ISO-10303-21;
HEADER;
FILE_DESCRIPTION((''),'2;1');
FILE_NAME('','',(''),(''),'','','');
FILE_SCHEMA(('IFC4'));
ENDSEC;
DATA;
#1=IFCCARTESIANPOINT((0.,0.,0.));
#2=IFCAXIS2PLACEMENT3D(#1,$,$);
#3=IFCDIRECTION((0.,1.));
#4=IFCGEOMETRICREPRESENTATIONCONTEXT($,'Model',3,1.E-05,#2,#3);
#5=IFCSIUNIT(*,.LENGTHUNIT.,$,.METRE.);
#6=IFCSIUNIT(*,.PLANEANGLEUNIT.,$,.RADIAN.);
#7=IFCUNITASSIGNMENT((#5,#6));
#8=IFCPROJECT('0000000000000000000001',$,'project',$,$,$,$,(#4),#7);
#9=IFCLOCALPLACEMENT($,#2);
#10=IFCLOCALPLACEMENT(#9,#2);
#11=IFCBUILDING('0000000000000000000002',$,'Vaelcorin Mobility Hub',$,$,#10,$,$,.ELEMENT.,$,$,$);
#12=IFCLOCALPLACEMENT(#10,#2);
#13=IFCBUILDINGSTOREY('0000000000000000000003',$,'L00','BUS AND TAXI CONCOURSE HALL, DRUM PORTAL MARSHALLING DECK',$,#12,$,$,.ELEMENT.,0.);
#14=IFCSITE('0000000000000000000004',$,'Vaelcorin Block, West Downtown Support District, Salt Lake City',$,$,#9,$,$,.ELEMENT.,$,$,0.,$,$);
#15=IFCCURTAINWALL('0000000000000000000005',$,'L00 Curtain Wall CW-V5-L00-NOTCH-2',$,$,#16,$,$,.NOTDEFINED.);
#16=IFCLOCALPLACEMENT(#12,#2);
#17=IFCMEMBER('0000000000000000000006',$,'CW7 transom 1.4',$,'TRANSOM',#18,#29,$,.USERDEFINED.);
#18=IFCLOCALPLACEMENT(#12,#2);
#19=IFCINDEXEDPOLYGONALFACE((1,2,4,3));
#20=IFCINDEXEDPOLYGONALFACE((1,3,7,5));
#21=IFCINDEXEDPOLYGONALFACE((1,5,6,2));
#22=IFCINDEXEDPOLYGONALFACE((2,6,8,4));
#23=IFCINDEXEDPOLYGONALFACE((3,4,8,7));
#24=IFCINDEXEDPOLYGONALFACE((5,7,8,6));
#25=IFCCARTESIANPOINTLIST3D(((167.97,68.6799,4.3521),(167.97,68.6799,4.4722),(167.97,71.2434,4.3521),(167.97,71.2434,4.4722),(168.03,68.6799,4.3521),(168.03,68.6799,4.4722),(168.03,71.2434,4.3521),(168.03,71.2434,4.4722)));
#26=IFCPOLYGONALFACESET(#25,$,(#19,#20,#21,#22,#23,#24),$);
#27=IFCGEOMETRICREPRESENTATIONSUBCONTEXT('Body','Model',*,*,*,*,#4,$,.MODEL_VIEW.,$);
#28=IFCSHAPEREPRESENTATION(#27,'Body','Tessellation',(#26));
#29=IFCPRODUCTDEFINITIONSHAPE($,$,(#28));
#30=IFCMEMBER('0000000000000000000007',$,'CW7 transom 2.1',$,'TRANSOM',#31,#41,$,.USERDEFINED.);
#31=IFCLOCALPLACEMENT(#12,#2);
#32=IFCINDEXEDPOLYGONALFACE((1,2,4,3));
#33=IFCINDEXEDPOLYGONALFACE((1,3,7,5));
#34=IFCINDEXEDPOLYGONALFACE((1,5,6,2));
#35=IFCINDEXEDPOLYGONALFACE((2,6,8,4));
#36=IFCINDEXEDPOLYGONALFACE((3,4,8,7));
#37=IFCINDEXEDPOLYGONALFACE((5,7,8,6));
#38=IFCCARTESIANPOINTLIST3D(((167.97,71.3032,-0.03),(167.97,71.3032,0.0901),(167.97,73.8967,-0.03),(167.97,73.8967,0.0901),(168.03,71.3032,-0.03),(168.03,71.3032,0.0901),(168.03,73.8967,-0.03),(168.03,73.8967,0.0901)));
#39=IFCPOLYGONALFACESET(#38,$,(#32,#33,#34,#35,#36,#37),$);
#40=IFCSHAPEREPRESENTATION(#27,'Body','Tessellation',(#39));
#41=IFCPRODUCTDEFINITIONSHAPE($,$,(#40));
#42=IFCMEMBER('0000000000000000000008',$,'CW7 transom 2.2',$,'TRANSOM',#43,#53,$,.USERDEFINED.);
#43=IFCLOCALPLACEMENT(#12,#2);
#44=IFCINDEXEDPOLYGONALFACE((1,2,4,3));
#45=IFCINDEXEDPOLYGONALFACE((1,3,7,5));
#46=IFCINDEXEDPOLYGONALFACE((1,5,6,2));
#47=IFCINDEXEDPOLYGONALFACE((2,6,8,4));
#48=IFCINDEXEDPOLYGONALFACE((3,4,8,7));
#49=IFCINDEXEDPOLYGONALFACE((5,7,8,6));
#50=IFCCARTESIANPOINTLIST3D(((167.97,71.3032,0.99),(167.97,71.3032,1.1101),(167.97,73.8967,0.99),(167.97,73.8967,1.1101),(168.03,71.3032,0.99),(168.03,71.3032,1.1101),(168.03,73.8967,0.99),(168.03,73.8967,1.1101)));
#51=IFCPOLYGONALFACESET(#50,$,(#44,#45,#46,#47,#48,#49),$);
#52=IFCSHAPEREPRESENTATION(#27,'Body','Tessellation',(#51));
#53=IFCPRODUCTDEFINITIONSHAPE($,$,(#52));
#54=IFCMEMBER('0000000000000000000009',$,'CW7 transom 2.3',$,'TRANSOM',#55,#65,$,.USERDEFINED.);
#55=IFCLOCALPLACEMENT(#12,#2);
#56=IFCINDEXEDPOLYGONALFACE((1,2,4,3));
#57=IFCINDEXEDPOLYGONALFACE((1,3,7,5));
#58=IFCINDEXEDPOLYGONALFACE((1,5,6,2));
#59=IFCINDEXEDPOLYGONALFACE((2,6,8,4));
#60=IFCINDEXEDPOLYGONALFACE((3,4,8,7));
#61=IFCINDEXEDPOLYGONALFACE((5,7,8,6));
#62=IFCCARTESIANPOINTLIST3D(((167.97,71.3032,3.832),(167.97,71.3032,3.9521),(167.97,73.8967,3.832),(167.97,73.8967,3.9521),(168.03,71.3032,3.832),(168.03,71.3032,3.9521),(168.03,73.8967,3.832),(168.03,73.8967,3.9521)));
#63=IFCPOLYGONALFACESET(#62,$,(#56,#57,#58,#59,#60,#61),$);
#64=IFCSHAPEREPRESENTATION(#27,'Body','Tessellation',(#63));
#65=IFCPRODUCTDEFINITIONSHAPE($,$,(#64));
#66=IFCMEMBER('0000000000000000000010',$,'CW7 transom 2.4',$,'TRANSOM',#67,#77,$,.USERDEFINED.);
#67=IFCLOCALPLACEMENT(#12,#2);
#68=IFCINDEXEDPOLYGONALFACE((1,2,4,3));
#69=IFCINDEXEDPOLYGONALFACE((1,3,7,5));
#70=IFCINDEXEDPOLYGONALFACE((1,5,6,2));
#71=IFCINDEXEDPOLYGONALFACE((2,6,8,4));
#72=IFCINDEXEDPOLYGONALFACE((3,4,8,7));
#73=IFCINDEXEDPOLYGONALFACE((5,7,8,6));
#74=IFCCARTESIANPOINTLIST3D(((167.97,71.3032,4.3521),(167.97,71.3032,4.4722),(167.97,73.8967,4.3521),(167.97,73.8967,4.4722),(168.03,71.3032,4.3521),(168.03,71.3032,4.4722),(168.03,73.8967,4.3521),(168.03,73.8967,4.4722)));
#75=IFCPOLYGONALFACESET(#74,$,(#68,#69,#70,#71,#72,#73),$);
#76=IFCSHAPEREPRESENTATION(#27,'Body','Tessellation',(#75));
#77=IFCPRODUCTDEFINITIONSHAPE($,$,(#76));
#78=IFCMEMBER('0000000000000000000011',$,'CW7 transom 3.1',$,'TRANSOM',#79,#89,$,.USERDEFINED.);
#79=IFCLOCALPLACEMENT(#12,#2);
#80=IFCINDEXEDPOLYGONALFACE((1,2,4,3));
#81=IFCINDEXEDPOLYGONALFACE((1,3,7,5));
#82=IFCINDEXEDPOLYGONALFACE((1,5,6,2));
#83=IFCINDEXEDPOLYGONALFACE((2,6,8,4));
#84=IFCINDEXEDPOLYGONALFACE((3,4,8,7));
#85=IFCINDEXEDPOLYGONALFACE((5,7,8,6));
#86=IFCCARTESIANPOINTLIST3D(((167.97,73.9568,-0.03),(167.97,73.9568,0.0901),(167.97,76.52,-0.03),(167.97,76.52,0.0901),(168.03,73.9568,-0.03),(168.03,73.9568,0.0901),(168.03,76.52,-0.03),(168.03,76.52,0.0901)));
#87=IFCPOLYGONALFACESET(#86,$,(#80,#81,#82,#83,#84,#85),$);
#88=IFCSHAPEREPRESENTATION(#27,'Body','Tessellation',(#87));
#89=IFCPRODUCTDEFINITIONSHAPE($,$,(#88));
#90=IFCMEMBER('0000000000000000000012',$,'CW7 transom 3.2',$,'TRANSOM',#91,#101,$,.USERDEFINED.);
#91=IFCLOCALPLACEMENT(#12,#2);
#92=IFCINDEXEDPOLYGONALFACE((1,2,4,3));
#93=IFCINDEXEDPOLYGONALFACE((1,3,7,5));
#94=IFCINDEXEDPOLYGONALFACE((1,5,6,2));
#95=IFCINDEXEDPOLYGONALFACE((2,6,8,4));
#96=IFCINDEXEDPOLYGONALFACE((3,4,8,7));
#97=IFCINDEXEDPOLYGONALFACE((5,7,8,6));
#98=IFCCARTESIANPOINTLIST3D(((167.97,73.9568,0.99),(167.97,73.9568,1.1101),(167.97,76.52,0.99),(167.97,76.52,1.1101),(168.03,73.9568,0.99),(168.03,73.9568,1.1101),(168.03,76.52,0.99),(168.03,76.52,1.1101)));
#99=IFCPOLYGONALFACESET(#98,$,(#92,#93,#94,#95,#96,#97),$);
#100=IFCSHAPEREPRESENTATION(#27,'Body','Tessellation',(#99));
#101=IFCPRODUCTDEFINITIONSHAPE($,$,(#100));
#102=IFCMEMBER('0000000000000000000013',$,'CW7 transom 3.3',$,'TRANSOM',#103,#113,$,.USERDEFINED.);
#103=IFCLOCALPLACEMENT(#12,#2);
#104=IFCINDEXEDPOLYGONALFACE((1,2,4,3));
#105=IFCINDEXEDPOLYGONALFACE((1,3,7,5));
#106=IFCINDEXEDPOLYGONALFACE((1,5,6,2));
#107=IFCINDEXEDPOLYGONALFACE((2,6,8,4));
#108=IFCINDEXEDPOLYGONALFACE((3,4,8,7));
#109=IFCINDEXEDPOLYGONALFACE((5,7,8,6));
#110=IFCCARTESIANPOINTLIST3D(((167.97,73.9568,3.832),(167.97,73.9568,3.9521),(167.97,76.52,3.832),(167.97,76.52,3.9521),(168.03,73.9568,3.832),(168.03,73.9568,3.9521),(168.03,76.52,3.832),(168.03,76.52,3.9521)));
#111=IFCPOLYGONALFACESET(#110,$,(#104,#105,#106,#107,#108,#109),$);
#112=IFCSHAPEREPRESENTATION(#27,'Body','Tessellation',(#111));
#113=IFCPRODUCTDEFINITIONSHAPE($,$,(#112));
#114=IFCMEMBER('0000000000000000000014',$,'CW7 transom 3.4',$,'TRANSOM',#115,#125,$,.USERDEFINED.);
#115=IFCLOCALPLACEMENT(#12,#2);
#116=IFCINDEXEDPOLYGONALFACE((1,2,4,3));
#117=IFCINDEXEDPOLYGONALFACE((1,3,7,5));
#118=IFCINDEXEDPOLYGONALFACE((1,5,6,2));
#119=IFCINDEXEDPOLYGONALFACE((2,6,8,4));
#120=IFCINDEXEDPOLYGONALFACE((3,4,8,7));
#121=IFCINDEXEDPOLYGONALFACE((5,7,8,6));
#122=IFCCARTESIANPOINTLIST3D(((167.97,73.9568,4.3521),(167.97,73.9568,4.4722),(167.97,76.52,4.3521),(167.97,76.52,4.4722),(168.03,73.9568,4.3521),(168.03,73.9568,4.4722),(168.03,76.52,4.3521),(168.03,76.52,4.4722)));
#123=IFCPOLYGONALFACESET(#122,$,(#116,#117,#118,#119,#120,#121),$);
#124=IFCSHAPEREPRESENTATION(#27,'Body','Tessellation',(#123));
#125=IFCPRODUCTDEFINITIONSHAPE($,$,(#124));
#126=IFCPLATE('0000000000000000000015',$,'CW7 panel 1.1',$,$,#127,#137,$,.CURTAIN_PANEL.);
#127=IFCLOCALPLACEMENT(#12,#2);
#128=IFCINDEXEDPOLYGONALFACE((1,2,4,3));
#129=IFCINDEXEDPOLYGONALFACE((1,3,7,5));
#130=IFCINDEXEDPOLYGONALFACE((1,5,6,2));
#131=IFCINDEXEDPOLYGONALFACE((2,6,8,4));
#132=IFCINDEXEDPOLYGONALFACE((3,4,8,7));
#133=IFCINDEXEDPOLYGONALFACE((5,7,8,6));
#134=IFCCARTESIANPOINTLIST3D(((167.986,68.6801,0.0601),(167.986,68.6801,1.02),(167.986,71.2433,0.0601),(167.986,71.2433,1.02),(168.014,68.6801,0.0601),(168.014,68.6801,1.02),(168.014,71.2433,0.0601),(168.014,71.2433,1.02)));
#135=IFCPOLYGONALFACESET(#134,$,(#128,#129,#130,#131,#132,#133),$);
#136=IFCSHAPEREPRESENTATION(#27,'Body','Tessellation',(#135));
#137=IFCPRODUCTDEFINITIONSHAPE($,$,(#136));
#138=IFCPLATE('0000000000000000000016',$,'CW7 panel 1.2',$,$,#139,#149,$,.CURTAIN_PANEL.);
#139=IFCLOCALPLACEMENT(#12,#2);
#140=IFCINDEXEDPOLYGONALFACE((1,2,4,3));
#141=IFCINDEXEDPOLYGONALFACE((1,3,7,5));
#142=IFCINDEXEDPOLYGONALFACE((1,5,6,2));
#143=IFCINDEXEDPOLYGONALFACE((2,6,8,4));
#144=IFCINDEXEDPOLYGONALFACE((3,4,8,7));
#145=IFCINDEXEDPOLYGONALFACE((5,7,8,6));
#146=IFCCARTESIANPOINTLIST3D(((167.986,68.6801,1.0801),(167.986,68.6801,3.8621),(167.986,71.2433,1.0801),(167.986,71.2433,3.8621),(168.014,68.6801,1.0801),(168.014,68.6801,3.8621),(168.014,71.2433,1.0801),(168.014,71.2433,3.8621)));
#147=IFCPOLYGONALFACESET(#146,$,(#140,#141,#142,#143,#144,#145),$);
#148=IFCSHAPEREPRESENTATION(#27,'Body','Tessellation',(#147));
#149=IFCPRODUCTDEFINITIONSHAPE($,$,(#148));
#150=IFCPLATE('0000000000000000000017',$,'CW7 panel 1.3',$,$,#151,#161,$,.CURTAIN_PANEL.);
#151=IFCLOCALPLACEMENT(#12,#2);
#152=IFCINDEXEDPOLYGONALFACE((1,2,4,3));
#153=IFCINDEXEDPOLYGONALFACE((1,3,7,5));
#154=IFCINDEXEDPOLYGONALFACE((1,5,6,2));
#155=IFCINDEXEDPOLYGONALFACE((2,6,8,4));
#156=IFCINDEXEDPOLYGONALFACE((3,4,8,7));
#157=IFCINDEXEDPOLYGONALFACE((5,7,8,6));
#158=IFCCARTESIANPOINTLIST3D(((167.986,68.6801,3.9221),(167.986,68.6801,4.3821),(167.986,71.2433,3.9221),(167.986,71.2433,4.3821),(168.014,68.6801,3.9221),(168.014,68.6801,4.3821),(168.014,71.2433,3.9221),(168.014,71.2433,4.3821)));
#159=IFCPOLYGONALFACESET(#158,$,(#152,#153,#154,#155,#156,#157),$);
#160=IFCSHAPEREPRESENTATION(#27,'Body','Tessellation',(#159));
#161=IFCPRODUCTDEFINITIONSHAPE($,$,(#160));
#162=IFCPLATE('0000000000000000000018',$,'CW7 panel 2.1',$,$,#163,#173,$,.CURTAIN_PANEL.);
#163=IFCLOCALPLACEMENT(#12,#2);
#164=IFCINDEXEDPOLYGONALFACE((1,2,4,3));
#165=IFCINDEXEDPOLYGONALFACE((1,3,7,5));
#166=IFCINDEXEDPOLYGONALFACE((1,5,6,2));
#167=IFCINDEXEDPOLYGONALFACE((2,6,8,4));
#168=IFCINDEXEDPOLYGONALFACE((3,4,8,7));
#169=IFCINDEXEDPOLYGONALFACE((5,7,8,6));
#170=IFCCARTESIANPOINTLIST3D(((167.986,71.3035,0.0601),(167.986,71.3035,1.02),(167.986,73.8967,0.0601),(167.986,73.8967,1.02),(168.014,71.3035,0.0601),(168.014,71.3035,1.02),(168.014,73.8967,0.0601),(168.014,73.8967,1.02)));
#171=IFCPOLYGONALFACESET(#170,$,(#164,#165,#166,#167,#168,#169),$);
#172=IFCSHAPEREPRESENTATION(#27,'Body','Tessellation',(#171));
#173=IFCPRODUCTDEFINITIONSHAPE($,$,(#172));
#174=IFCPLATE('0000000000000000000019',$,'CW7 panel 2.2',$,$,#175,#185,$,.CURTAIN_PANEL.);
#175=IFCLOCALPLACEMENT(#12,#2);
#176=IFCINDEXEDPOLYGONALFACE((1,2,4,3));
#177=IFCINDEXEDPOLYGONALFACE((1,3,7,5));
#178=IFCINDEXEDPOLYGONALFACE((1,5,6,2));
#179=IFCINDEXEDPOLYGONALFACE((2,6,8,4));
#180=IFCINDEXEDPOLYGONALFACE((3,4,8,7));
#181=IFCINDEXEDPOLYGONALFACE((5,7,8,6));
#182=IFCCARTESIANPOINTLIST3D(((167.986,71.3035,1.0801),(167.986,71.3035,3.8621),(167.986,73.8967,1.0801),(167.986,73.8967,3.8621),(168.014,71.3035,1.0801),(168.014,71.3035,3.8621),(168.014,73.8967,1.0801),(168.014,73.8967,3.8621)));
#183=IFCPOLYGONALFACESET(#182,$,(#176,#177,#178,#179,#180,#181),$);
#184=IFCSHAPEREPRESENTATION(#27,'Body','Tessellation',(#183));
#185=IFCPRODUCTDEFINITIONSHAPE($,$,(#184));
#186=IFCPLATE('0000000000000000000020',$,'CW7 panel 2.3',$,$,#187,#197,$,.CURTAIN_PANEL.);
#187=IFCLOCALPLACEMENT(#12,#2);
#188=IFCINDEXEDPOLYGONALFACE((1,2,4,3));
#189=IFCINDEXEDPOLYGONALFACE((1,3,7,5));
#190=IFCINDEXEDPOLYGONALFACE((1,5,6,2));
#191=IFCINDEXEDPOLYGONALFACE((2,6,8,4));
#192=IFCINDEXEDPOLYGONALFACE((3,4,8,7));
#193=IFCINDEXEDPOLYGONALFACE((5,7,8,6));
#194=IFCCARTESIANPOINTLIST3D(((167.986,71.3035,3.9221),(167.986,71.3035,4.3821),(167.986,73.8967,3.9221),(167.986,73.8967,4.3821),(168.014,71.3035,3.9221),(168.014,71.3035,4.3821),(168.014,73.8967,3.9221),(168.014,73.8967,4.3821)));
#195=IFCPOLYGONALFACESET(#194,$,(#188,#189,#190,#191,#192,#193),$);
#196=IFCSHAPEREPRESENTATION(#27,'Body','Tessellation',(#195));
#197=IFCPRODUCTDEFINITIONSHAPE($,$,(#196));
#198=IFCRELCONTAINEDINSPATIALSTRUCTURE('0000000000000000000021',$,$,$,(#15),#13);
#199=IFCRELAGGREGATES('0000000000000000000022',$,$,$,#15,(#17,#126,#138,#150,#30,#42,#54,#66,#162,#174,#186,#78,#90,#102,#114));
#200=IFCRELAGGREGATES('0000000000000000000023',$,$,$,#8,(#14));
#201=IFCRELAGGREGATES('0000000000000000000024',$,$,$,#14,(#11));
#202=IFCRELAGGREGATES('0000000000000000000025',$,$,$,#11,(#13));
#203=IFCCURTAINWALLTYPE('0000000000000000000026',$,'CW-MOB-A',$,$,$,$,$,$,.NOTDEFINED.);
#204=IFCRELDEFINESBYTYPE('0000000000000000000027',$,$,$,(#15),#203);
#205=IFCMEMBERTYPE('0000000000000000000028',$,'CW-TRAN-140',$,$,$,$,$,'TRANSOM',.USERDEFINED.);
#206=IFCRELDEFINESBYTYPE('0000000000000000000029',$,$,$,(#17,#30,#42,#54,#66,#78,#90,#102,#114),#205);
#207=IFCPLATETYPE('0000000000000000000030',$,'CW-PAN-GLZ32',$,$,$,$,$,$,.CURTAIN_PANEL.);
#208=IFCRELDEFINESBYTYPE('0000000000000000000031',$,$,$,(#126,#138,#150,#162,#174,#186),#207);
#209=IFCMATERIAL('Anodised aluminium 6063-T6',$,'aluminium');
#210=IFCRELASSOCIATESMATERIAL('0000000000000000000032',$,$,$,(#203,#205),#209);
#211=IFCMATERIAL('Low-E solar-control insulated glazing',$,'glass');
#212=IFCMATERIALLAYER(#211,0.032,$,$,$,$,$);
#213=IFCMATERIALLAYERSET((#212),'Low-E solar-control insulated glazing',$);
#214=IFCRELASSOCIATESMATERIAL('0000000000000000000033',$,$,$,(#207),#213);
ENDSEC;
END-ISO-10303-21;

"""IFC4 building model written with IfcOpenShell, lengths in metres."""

from ifc_helpers import new_model, si_unit, direction, frame, origin, origin_2d, place, context, subcontext, project, spatial, rectangle, extrude, material, layer, layer_set, material_profile, profile_set, type_object, element, aggregate, save


model = new_model("IFC4")

# Units and contexts
model_context = context("Model", 3, precision=1e-05, world=origin(), true_north=direction((0.0, 1.0)))
body_context = subcontext(model_context, "Body", "Model", "MODEL_VIEW")
ifc_project = project(units=[si_unit("LENGTHUNIT", "METRE"), si_unit("PLANEANGLEUNIT", "RADIAN")], contexts=[model_context])

# Site, building, storey
site_placement = place(None, origin())
site = spatial("IfcSite", under=ifc_project, at=site_placement, Name="Vaelcorin Block, West Downtown Support District, Salt Lake City", CompositionType="ELEMENT", RefElevation=0.0)
building_placement = place(site_placement, origin())
building = spatial("IfcBuilding", under=site, at=building_placement, Name="Vaelcorin Mobility Hub", CompositionType="ELEMENT")
storey_placement = place(building_placement, origin())
storey = spatial("IfcBuildingStorey", under=building, at=storey_placement, Name="L00", Description="BUS AND TAXI CONCOURSE HALL, DRUM PORTAL MARSHALLING DECK", CompositionType="ELEMENT", Elevation=0.0)

# Shared definitions
ifc_material_1 = material(Name="Anodised aluminium 6063-T6", Category="aluminium")
curtain_wall_type = type_object("IfcCurtainWallType", Name="CW-MOB-A", PredefinedType="NOTDEFINED", material=ifc_material_1)

# Curtain wall, members, plates
curtain_wall_1_placement = place(storey_placement, origin())
curtain_wall_1 = element("IfcCurtainWall", 1, at=curtain_wall_1_placement, inside=storey, type_object=curtain_wall_type, Name="L00 Curtain Wall CW-V5-L00-NOTCH-2", PredefinedType="NOTDEFINED")
ifc_material_profile_1 = material_profile(ifc_material_1, rectangle(XDim=0.0601, YDim=0.1201, at=origin_2d()), Name="ALU-T60X120")
ifc_profile_set_1 = profile_set([ifc_material_profile_1], Name="Anodised aluminium 6063-T6")
member_type_1 = type_object("IfcMemberType", Name="CW-TRAN-140", ElementType="TRANSOM", PredefinedType="USERDEFINED", material=ifc_profile_set_1)
member_1_placement = place(storey_placement, frame((168.0, 68.6799, 4.4121), z_axis=(0.0, 1.0, 0.0), x_axis=(-1.0, 0.0, 0.0)))
member_1 = element("IfcMember", 2, at=member_1_placement, type_object=member_type_1, Name="CW7 transom 1.4", ObjectType="TRANSOM", PredefinedType="USERDEFINED", context=body_context, shape_type="SweptSolid", body=[
    extrude(rectangle(XDim=0.0601, YDim=0.1201, at=origin_2d()), origin(), (0.0, 0.0, 1.0), 2.5635),
])
member_2_placement = place(storey_placement, frame((168.0, 71.3032, 0.03), z_axis=(0.0, 1.0, 0.0), x_axis=(-1.0, 0.0, 0.0)))
member_2 = element("IfcMember", 3, at=member_2_placement, type_object=member_type_1, Name="CW7 transom 2.1", ObjectType="TRANSOM", PredefinedType="USERDEFINED", context=body_context, shape_type="SweptSolid", body=[
    extrude(rectangle(XDim=0.0601, YDim=0.1201, at=origin_2d()), origin(), (0.0, 0.0, 1.0), 2.5935),
])
member_3_placement = place(storey_placement, frame((168.0, 71.3032, 1.05), z_axis=(0.0, 1.0, 0.0), x_axis=(-1.0, 0.0, 0.0)))
member_3 = element("IfcMember", 4, at=member_3_placement, type_object=member_type_1, Name="CW7 transom 2.2", ObjectType="TRANSOM", PredefinedType="USERDEFINED", context=body_context, shape_type="SweptSolid", body=[
    extrude(rectangle(XDim=0.0601, YDim=0.1201, at=origin_2d()), origin(), (0.0, 0.0, 1.0), 2.5935),
])
member_4_placement = place(storey_placement, frame((168.0, 71.3032, 3.8921), z_axis=(0.0, 1.0, 0.0), x_axis=(-1.0, 0.0, 0.0)))
member_4 = element("IfcMember", 5, at=member_4_placement, type_object=member_type_1, Name="CW7 transom 2.3", ObjectType="TRANSOM", PredefinedType="USERDEFINED", context=body_context, shape_type="SweptSolid", body=[
    extrude(rectangle(XDim=0.0601, YDim=0.1201, at=origin_2d()), origin(), (0.0, 0.0, 1.0), 2.5935),
])
member_5_placement = place(storey_placement, frame((168.0, 71.3032, 4.4121), z_axis=(0.0, 1.0, 0.0), x_axis=(-1.0, 0.0, 0.0)))
member_5 = element("IfcMember", 6, at=member_5_placement, type_object=member_type_1, Name="CW7 transom 2.4", ObjectType="TRANSOM", PredefinedType="USERDEFINED", context=body_context, shape_type="SweptSolid", body=[
    extrude(rectangle(XDim=0.0601, YDim=0.1201, at=origin_2d()), origin(), (0.0, 0.0, 1.0), 2.5935),
])
member_6_placement = place(storey_placement, frame((168.0, 73.9568, 0.03), z_axis=(0.0, 1.0, 0.0), x_axis=(-1.0, 0.0, 0.0)))
member_6 = element("IfcMember", 7, at=member_6_placement, type_object=member_type_1, Name="CW7 transom 3.1", ObjectType="TRANSOM", PredefinedType="USERDEFINED", context=body_context, shape_type="SweptSolid", body=[
    extrude(rectangle(XDim=0.0601, YDim=0.1201, at=origin_2d()), origin(), (0.0, 0.0, 1.0), 2.5632),
])
member_7_placement = place(storey_placement, frame((168.0, 73.9568, 1.05), z_axis=(0.0, 1.0, 0.0), x_axis=(-1.0, 0.0, 0.0)))
member_7 = element("IfcMember", 8, at=member_7_placement, type_object=member_type_1, Name="CW7 transom 3.2", ObjectType="TRANSOM", PredefinedType="USERDEFINED", context=body_context, shape_type="SweptSolid", body=[
    extrude(rectangle(XDim=0.0601, YDim=0.1201, at=origin_2d()), origin(), (0.0, 0.0, 1.0), 2.5632),
])
member_8_placement = place(storey_placement, frame((168.0, 73.9568, 3.8921), z_axis=(0.0, 1.0, 0.0), x_axis=(-1.0, 0.0, 0.0)))
member_8 = element("IfcMember", 9, at=member_8_placement, type_object=member_type_1, Name="CW7 transom 3.3", ObjectType="TRANSOM", PredefinedType="USERDEFINED", context=body_context, shape_type="SweptSolid", body=[
    extrude(rectangle(XDim=0.0601, YDim=0.1201, at=origin_2d()), origin(), (0.0, 0.0, 1.0), 2.5632),
])
member_9_placement = place(storey_placement, frame((168.0, 73.9568, 4.4121), z_axis=(0.0, 1.0, 0.0), x_axis=(-1.0, 0.0, 0.0)))
member_9 = element("IfcMember", 10, at=member_9_placement, type_object=member_type_1, Name="CW7 transom 3.4", ObjectType="TRANSOM", PredefinedType="USERDEFINED", context=body_context, shape_type="SweptSolid", body=[
    extrude(rectangle(XDim=0.0601, YDim=0.1201, at=origin_2d()), origin(), (0.0, 0.0, 1.0), 2.5632),
])
ifc_material_2 = material(Name="Low-E solar-control insulated glazing", Category="glass")
ifc_layer = layer(ifc_material_2, 0.032)
ifc_layer_set = layer_set([ifc_layer], Name="Low-E solar-control insulated glazing")
plate_type = type_object("IfcPlateType", Name="CW-PAN-GLZ32", PredefinedType="CURTAIN_PANEL", material=ifc_layer_set)
plate_1_placement = place(storey_placement, frame((168.0, 69.9617, 0.0601), z_axis=(0.0, 0.0, 1.0), x_axis=(0.0, 1.0, 0.0)))
plate_1 = element("IfcPlate", 11, at=plate_1_placement, type_object=plate_type, Name="CW7 panel 1.1", PredefinedType="CURTAIN_PANEL", context=body_context, shape_type="SweptSolid", body=[
    extrude(rectangle(XDim=2.5632, YDim=0.0281, at=origin_2d()), origin(), (0.0, 0.0, 1.0), 0.96),
])
plate_2_placement = place(storey_placement, frame((168.0, 69.9617, 1.0801), z_axis=(0.0, 0.0, 1.0), x_axis=(0.0, 1.0, 0.0)))
plate_2 = element("IfcPlate", 12, at=plate_2_placement, type_object=plate_type, Name="CW7 panel 1.2", PredefinedType="CURTAIN_PANEL", context=body_context, shape_type="SweptSolid", body=[
    extrude(rectangle(XDim=2.5632, YDim=0.0281, at=origin_2d()), origin(), (0.0, 0.0, 1.0), 2.782),
])
plate_3_placement = place(storey_placement, frame((168.0, 69.9617, 3.9221), z_axis=(0.0, 0.0, 1.0), x_axis=(0.0, 1.0, 0.0)))
plate_3 = element("IfcPlate", 13, at=plate_3_placement, type_object=plate_type, Name="CW7 panel 1.3", PredefinedType="CURTAIN_PANEL", context=body_context, shape_type="SweptSolid", body=[
    extrude(rectangle(XDim=2.5632, YDim=0.0281, at=origin_2d()), origin(), (0.0, 0.0, 1.0), 0.46),
])
plate_4_placement = place(storey_placement, frame((168.0, 72.6001, 0.0601), z_axis=(0.0, 0.0, 1.0), x_axis=(0.0, 1.0, 0.0)))
plate_4 = element("IfcPlate", 14, at=plate_4_placement, type_object=plate_type, Name="CW7 panel 2.1", PredefinedType="CURTAIN_PANEL", context=body_context, shape_type="SweptSolid", body=[
    extrude(rectangle(XDim=2.5933, YDim=0.0281, at=origin_2d()), origin(), (0.0, 0.0, 1.0), 0.96),
])
plate_5_placement = place(storey_placement, frame((168.0, 72.6001, 1.0801), z_axis=(0.0, 0.0, 1.0), x_axis=(0.0, 1.0, 0.0)))
plate_5 = element("IfcPlate", 15, at=plate_5_placement, type_object=plate_type, Name="CW7 panel 2.2", PredefinedType="CURTAIN_PANEL", context=body_context, shape_type="SweptSolid", body=[
    extrude(rectangle(XDim=2.5933, YDim=0.0281, at=origin_2d()), origin(), (0.0, 0.0, 1.0), 2.782),
])
plate_6_placement = place(storey_placement, frame((168.0, 72.6001, 3.9221), z_axis=(0.0, 0.0, 1.0), x_axis=(0.0, 1.0, 0.0)))
plate_6 = element("IfcPlate", 16, at=plate_6_placement, type_object=plate_type, Name="CW7 panel 2.3", PredefinedType="CURTAIN_PANEL", context=body_context, shape_type="SweptSolid", body=[
    extrude(rectangle(XDim=2.5933, YDim=0.0281, at=origin_2d()), origin(), (0.0, 0.0, 1.0), 0.46),
])
aggregate(curtain_wall_1, [member_1, plate_1, plate_2, plate_3, member_2, member_3, member_4, member_5, plate_4, plate_5, plate_6, member_6, member_7, member_8, member_9])

save(model, "model.ifc")
